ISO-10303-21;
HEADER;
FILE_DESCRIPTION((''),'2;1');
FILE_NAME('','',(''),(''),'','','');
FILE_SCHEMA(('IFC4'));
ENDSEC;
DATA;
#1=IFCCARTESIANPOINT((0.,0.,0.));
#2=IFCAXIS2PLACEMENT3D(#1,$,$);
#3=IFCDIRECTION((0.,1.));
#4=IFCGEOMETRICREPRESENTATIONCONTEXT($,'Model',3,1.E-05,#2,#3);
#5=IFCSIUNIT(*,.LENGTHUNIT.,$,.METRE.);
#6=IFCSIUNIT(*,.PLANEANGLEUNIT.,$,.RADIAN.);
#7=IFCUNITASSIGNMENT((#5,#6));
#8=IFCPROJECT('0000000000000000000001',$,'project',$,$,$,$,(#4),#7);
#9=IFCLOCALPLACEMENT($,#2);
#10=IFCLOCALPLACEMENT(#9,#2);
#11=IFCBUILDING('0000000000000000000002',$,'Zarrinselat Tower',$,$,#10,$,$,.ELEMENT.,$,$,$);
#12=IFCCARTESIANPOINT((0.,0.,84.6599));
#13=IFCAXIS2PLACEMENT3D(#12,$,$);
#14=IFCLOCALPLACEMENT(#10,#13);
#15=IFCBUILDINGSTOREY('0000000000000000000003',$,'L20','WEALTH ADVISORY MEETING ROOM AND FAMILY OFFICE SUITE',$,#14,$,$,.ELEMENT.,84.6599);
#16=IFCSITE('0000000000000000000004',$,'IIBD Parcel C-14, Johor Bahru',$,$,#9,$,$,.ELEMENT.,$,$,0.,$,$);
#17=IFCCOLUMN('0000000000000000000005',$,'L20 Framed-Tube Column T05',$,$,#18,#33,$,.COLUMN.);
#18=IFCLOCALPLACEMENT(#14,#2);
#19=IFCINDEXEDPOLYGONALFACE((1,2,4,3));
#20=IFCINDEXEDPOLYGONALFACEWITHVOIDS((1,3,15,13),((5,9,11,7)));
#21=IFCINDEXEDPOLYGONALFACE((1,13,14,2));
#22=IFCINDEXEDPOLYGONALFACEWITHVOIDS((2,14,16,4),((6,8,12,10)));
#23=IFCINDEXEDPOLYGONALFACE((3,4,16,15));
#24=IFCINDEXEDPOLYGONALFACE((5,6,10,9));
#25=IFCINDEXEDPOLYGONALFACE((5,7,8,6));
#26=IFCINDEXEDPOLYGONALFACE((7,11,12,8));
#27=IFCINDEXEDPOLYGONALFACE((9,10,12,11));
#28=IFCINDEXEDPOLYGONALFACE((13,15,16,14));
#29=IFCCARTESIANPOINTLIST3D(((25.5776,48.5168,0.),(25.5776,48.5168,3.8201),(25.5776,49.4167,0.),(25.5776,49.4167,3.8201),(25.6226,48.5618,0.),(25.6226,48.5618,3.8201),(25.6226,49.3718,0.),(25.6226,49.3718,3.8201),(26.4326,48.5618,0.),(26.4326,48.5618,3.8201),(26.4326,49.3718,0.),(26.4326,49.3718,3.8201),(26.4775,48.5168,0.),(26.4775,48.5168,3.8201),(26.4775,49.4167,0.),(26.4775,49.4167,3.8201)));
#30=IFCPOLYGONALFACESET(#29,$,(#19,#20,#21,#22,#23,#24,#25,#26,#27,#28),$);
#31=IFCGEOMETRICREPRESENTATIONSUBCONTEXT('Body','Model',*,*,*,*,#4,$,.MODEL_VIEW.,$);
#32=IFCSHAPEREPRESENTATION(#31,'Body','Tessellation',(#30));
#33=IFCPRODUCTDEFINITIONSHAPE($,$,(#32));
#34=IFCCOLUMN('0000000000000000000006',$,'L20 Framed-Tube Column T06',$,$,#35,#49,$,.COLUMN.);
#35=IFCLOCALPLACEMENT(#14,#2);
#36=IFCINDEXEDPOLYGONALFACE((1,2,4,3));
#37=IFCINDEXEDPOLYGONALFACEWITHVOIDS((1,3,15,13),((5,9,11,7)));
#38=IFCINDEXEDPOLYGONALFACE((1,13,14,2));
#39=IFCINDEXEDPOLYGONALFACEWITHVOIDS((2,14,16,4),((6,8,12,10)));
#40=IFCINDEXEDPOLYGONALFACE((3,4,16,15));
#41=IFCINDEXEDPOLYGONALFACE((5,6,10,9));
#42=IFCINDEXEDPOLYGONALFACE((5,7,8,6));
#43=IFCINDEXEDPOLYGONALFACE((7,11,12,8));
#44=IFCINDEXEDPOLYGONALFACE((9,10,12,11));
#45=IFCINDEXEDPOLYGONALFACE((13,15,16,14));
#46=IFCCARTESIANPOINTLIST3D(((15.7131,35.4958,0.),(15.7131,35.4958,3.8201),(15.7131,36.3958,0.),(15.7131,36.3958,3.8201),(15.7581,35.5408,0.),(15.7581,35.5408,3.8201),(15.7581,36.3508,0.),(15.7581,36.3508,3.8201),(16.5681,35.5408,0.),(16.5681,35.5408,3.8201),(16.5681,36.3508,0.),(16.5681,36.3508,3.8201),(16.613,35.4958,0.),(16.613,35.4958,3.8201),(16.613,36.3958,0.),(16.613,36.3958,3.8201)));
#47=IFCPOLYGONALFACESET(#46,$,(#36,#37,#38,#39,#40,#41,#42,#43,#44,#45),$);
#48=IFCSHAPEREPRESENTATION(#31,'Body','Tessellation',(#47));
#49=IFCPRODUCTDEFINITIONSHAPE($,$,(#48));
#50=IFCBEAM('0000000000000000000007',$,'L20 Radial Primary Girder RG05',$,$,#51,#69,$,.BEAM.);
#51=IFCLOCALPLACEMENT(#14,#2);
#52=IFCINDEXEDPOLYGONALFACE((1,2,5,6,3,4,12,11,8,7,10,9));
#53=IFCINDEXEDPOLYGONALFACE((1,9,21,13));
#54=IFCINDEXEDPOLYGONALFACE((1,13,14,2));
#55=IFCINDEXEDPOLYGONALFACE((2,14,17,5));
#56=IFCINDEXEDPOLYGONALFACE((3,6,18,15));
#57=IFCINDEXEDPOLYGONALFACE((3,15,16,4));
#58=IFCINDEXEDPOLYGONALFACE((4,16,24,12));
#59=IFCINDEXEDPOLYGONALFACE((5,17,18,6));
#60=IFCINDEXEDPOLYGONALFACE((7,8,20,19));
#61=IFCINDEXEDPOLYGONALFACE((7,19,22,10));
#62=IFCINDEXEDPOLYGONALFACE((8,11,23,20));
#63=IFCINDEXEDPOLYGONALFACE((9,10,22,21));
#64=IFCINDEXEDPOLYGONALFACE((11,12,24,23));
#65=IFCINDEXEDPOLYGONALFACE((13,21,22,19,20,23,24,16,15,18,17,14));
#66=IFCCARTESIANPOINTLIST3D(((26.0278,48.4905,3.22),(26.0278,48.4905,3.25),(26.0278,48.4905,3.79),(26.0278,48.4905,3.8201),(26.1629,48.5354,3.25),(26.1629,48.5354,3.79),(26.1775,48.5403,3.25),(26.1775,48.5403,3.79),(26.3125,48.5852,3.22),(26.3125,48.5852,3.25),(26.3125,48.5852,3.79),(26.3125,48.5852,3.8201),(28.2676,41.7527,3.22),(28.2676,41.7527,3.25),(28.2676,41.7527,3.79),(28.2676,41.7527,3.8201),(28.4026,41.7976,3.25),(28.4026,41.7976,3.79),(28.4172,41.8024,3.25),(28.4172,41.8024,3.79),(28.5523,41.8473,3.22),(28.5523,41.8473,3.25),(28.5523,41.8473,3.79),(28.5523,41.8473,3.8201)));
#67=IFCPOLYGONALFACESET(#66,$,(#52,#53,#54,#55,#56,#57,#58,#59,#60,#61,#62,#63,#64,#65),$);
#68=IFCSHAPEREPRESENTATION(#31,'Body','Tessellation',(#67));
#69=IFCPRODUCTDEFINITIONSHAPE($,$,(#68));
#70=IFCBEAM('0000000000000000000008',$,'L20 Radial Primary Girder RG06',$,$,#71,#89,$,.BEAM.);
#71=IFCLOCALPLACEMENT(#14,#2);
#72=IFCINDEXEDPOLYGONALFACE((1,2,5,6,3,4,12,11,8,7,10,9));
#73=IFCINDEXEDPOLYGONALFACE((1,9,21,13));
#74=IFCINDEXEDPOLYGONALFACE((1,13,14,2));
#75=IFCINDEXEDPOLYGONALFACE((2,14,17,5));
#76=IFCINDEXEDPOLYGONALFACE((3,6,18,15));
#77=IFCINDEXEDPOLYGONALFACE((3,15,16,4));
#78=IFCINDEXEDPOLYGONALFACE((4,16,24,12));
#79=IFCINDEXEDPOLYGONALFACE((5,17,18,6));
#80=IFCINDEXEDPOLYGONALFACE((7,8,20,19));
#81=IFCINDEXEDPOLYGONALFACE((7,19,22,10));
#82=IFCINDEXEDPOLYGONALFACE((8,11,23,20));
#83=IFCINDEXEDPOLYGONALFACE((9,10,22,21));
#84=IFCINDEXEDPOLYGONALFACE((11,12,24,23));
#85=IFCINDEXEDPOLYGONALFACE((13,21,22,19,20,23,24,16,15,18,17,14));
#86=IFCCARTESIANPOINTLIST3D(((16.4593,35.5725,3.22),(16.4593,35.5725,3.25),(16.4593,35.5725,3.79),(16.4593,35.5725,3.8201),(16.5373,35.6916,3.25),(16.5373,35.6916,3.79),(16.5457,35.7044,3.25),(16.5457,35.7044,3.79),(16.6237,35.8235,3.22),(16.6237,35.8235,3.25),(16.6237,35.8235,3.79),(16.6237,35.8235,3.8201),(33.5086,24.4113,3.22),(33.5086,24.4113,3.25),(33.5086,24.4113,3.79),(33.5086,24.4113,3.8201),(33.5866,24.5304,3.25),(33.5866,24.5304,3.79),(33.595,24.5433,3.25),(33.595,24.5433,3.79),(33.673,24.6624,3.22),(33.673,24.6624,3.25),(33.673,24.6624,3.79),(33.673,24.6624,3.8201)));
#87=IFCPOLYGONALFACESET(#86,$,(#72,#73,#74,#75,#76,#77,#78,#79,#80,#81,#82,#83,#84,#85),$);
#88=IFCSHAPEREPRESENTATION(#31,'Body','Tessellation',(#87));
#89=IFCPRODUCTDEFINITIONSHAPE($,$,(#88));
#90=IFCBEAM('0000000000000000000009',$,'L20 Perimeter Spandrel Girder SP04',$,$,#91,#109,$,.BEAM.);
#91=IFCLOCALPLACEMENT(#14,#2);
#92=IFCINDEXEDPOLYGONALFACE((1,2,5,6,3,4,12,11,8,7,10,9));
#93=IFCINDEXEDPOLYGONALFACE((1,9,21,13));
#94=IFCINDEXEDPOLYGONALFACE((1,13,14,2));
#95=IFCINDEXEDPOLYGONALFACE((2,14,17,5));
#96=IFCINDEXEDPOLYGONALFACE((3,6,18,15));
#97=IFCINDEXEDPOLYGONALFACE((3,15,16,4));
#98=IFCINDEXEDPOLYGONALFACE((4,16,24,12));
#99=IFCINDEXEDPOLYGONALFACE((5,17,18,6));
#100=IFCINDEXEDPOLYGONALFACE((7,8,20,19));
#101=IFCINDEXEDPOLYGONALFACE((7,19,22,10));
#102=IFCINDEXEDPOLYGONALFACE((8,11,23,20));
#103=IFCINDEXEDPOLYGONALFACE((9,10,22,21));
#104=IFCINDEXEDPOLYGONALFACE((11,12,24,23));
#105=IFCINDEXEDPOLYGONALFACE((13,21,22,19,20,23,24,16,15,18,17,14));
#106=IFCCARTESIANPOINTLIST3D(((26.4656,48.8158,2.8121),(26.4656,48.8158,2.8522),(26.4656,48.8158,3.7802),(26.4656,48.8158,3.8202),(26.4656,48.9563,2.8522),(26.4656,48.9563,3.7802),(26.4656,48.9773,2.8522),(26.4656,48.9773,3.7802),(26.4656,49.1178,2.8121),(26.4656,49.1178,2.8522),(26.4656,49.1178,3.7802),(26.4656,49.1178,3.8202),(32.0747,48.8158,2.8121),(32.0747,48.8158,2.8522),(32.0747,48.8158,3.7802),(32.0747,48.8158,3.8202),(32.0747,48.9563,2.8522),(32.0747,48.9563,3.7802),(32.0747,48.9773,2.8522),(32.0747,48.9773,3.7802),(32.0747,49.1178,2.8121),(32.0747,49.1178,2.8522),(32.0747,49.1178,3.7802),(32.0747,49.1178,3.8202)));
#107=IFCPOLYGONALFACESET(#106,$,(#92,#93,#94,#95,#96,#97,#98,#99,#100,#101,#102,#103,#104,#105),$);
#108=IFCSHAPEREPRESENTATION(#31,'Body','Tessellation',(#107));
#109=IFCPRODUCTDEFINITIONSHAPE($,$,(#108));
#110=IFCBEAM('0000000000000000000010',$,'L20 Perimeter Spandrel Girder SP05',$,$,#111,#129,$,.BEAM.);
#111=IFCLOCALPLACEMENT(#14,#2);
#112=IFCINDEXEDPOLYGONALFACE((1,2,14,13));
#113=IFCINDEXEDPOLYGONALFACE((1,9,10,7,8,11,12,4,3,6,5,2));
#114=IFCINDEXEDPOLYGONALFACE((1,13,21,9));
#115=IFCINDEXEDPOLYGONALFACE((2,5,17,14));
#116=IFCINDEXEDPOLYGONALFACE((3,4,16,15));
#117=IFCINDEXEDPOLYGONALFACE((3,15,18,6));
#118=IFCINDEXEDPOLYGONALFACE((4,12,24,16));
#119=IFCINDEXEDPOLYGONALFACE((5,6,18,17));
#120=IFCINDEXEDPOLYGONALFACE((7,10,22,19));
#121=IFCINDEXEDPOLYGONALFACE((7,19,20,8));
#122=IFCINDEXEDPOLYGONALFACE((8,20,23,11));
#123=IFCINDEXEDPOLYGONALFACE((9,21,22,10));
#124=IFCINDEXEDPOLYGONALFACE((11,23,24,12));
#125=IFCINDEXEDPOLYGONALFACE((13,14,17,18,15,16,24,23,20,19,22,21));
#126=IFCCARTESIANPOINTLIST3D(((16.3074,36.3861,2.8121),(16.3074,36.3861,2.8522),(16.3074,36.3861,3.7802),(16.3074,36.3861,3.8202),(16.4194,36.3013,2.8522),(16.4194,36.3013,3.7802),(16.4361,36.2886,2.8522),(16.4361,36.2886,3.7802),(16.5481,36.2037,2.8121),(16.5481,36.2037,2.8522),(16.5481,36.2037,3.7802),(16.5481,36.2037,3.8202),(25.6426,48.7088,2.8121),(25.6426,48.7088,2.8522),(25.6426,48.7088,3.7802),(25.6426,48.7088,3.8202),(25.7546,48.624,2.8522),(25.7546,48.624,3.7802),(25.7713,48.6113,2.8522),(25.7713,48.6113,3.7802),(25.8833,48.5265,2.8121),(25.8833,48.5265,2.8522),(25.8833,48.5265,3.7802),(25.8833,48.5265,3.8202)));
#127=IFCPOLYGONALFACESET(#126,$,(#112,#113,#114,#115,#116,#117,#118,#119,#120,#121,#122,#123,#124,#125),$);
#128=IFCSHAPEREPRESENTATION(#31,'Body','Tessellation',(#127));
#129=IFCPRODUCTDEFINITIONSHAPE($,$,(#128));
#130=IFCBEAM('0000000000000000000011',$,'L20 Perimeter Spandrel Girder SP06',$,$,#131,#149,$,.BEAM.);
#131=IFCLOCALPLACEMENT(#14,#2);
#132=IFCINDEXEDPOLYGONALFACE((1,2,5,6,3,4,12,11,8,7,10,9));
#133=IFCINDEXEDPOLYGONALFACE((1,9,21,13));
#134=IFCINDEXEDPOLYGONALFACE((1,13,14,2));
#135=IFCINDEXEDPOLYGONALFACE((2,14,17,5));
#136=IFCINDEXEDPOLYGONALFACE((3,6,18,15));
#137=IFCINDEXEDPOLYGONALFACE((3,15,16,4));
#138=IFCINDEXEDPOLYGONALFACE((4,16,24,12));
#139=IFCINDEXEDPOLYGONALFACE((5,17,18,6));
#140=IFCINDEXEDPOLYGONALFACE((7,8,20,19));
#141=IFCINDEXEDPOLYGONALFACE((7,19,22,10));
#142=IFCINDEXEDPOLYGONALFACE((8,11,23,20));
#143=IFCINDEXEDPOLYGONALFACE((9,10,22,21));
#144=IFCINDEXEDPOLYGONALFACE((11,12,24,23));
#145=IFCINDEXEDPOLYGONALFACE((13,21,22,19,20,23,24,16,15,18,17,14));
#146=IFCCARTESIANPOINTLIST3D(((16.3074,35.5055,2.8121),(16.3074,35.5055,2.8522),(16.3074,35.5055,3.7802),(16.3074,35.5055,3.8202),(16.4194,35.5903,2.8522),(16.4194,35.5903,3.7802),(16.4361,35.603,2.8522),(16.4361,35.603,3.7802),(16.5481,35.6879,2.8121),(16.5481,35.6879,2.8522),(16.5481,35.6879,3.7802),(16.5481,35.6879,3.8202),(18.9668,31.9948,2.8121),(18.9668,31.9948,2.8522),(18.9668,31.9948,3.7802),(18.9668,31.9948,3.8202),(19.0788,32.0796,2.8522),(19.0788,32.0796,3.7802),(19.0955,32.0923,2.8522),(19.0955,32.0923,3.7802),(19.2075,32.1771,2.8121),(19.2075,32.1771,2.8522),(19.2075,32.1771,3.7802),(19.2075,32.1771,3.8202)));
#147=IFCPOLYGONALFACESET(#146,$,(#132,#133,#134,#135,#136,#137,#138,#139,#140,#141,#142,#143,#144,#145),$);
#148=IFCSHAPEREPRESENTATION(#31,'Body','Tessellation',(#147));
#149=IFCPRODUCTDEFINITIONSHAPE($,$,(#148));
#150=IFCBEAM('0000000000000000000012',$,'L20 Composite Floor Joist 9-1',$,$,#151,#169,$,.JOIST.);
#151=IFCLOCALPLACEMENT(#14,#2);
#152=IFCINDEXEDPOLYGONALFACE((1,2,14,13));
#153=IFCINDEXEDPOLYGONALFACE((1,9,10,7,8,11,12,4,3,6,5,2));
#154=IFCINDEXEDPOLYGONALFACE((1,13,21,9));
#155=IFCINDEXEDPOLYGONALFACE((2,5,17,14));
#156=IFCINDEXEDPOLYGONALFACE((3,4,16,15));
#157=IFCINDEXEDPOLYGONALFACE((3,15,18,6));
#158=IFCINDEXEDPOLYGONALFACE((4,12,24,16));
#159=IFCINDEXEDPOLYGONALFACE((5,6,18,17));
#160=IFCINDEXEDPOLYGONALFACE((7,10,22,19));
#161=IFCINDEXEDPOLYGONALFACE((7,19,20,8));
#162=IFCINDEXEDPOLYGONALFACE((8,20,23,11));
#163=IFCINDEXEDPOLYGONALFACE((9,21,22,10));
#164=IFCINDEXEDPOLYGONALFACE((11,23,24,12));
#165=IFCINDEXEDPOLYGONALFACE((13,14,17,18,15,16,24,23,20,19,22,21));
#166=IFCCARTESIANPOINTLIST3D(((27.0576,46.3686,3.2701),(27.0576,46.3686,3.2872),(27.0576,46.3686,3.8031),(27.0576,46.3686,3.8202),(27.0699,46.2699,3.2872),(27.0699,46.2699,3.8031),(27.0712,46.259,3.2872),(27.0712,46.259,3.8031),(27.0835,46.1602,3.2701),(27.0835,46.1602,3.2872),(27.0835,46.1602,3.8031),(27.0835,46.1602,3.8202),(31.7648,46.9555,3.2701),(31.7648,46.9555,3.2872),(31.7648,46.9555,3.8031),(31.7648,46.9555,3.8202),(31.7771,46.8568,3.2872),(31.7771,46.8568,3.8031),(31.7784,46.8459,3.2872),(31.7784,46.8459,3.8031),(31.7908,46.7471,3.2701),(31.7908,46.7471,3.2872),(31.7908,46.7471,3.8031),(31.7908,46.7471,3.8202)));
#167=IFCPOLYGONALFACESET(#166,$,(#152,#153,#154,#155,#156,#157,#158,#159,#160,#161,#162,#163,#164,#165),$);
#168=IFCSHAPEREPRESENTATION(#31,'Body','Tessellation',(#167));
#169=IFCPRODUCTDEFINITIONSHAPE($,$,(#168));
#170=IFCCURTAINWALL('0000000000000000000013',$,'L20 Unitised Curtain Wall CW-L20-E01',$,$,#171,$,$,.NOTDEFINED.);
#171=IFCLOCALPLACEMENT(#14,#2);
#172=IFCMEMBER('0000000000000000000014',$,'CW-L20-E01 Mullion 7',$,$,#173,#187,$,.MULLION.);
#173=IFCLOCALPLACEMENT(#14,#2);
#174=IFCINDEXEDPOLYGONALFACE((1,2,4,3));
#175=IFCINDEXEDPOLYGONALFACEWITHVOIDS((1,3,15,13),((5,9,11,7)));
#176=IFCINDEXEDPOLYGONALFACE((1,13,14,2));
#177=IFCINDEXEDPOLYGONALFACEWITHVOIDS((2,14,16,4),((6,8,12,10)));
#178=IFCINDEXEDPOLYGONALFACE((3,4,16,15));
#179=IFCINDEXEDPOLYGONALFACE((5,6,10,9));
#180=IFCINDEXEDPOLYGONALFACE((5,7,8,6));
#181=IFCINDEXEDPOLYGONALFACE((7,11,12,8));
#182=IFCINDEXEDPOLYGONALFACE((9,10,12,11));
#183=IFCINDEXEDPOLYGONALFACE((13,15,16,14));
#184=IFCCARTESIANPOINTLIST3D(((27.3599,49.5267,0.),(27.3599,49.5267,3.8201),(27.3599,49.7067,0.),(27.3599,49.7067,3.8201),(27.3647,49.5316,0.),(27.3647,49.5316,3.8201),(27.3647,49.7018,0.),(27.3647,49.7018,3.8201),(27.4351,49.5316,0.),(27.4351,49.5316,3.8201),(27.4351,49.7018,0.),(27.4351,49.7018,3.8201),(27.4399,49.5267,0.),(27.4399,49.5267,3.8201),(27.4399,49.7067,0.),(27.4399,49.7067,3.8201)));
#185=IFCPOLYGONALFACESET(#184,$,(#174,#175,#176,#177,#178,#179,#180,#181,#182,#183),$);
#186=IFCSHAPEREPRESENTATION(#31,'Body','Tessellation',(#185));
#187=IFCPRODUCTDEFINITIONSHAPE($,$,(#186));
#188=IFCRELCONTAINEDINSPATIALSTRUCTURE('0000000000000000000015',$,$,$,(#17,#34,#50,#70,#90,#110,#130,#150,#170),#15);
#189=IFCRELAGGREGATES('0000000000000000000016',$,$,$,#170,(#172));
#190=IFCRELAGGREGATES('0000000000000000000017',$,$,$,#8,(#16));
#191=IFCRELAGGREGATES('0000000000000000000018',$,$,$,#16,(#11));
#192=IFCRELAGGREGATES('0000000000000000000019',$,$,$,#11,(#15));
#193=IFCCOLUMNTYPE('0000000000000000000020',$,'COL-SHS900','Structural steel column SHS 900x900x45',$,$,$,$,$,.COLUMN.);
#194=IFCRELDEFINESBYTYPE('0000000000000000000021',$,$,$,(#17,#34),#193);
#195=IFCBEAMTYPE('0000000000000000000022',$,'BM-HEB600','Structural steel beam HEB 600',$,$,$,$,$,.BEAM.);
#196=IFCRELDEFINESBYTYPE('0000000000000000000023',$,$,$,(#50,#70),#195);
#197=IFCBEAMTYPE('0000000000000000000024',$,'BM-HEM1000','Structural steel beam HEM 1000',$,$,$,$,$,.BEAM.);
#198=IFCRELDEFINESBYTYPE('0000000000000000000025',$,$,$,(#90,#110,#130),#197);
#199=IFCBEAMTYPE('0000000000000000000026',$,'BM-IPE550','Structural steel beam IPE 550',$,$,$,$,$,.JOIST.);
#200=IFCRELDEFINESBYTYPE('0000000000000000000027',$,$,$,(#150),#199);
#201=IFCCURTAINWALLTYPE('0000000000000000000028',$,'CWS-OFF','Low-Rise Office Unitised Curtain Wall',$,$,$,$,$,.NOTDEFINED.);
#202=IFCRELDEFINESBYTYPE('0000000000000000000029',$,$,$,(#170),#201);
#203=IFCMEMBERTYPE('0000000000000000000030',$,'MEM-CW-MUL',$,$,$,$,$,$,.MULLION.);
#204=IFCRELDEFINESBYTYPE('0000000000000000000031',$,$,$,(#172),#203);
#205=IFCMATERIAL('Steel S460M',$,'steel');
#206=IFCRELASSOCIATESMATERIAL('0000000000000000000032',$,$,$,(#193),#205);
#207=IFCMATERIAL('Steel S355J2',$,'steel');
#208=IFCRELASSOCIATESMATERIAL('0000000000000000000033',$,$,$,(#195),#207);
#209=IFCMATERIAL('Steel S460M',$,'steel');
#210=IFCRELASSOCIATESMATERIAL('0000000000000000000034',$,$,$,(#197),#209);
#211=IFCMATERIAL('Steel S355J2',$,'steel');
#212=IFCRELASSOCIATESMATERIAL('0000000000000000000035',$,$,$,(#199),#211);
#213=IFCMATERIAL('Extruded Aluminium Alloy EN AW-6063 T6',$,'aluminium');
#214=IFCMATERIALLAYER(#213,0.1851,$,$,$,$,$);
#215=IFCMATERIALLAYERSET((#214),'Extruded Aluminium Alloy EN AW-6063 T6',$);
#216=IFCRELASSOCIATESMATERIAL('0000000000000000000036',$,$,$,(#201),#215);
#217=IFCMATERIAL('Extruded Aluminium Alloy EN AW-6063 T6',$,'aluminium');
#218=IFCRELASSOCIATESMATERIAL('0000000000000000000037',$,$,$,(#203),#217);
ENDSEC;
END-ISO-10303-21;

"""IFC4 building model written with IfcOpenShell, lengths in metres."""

from ifc_helpers import new_model, si_unit, direction, frame, origin, origin_2d, place, context, subcontext, project, spatial, hollow_rectangle, i_section, extrude, material, layer, layer_set, material_profile, profile_set, type_object, element, aggregate, save


model = new_model("IFC4")

# Units and contexts
model_context = context("Model", 3, precision=1e-05, world=origin(), true_north=direction((0.0, 1.0)))
body_context = subcontext(model_context, "Body", "Model", "MODEL_VIEW")
ifc_project = project(units=[si_unit("LENGTHUNIT", "METRE"), si_unit("PLANEANGLEUNIT", "RADIAN")], contexts=[model_context])

# Site, building, storey
site_placement = place(None, origin())
site = spatial("IfcSite", under=ifc_project, at=site_placement, Name="IIBD Parcel C-14, Johor Bahru", CompositionType="ELEMENT", RefElevation=0.0)
building_placement = place(site_placement, origin())
building = spatial("IfcBuilding", under=site, at=building_placement, Name="Zarrinselat Tower", CompositionType="ELEMENT")
storey_placement = place(building_placement, frame((0.0, 0.0, 84.6599)))
storey = spatial("IfcBuildingStorey", under=building, at=storey_placement, Name="L20", Description="WEALTH ADVISORY MEETING ROOM AND FAMILY OFFICE SUITE", CompositionType="ELEMENT", Elevation=84.6599)

# Columns
ifc_material_1 = material(Name="Steel S460M", Category="steel")
ifc_material_profile_1 = material_profile(ifc_material_1, hollow_rectangle(XDim=0.8999, YDim=0.8999, WallThickness=0.0449, at=origin_2d()), Name="SHS 900x900x45")
ifc_profile_set_1 = profile_set([ifc_material_profile_1], Name="Steel S460M")
column_type = type_object("IfcColumnType", Name="COL-SHS900", Description="Structural steel column SHS 900x900x45", PredefinedType="COLUMN", material=ifc_profile_set_1)
for number, where, z_axis, x_axis, name in (
    (1, (26.0276, 48.9668, 0.0), (0.0, 0.0, 1.0), (1.0, 0.0, 0.0), "L20 Framed-Tube Column T05"),
    (2, (16.1631, 35.9458, 0.0), (0.0, 0.0, 1.0), (1.0, 0.0, 0.0), "L20 Framed-Tube Column T06"),
):
    element("IfcColumn", number, at=place(storey_placement, frame(where, z_axis=z_axis, x_axis=x_axis)), inside=storey, type_object=column_type, Name=name, PredefinedType="COLUMN", context=body_context, shape_type="SweptSolid", body=[
        extrude(hollow_rectangle(XDim=0.8999, YDim=0.8999, WallThickness=0.0449, at=origin_2d()), origin(), (0.0, 0.0, 1.0), 3.8201),
    ])

# Beams
ifc_material_2 = material(Name="Steel S355J2", Category="steel")
ifc_material_profile_2 = material_profile(ifc_material_2, i_section(OverallWidth=0.3, OverallDepth=0.6001, WebThickness=0.0154, FlangeThickness=0.03, at=origin_2d()), Name="HEB 600")
ifc_profile_set_2 = profile_set([ifc_material_profile_2], Name="Steel S355J2")
beam_type_1 = type_object("IfcBeamType", Name="BM-HEB600", Description="Structural steel beam HEB 600", PredefinedType="BEAM", material=ifc_profile_set_2)
beam_1_placement = place(storey_placement, frame((26.1702, 48.5378, 3.52), z_axis=(0.315444, -0.948944, 0.0), x_axis=(0.948944, 0.315444, 0.0)))
element("IfcBeam", 3, at=beam_1_placement, inside=storey, type_object=beam_type_1, Name="L20 Radial Primary Girder RG05", PredefinedType="BEAM", context=body_context, shape_type="SweptSolid", body=[
    extrude(i_section(OverallWidth=0.3, OverallDepth=0.6001, WebThickness=0.0154, FlangeThickness=0.03, at=origin_2d()), origin(), (0.0, 0.0, 1.0), 7.1003),
])
beam_2_placement = place(storey_placement, frame((16.5415, 35.698, 3.52), z_axis=(0.836666, -0.547713, 0.0), x_axis=(0.547713, 0.836666, 0.0)))
element("IfcBeam", 4, at=beam_2_placement, inside=storey, type_object=beam_type_1, Name="L20 Radial Primary Girder RG06", PredefinedType="BEAM", context=body_context, shape_type="SweptSolid", body=[
    extrude(i_section(OverallWidth=0.3, OverallDepth=0.6001, WebThickness=0.0154, FlangeThickness=0.03, at=origin_2d()), origin(), (0.0, 0.0, 1.0), 20.3777),
])
ifc_material_3 = material(Name="Steel S460M", Category="steel")
ifc_material_profile_3 = material_profile(ifc_material_3, i_section(OverallWidth=0.302, OverallDepth=1.0081, WebThickness=0.021, FlangeThickness=0.04, at=origin_2d()), Name="HEM 1000")
ifc_profile_set_3 = profile_set([ifc_material_profile_3], Name="Steel S460M")
beam_type_2 = type_object("IfcBeamType", Name="BM-HEM1000", Description="Structural steel beam HEM 1000", PredefinedType="BEAM", material=ifc_profile_set_3)
beam_3_placement = place(storey_placement, frame((26.4656, 48.9668, 3.3162), z_axis=(1.0, 0.0, 0.0), x_axis=(0.0, 1.0, 0.0)))
element("IfcBeam", 5, at=beam_3_placement, inside=storey, type_object=beam_type_2, Name="L20 Perimeter Spandrel Girder SP04", PredefinedType="BEAM", context=body_context, shape_type="SweptSolid", body=[
    extrude(i_section(OverallWidth=0.302, OverallDepth=1.0081, WebThickness=0.021, FlangeThickness=0.04, at=origin_2d()), origin(), (0.0, 0.0, 1.0), 5.6091),
])
beam_4_placement = place(storey_placement, frame((16.4277, 36.2949, 3.3162), z_axis=(0.603849, 0.797099, 0.0), x_axis=(-0.797099, 0.603849, 0.0)))
element("IfcBeam", 6, at=beam_4_placement, inside=storey, type_object=beam_type_2, Name="L20 Perimeter Spandrel Girder SP05", PredefinedType="BEAM", context=body_context, shape_type="SweptSolid", body=[
    extrude(i_section(OverallWidth=0.302, OverallDepth=1.0081, WebThickness=0.021, FlangeThickness=0.04, at=origin_2d()), origin(), (0.0, 0.0, 1.0), 15.4595),
])
beam_5_placement = place(storey_placement, frame((16.4277, 35.5967, 3.3162), z_axis=(0.603825, -0.797117, 0.0), x_axis=(0.797117, 0.603825, 0.0)))
element("IfcBeam", 7, at=beam_5_placement, inside=storey, type_object=beam_type_2, Name="L20 Perimeter Spandrel Girder SP06", PredefinedType="BEAM", context=body_context, shape_type="SweptSolid", body=[
    extrude(i_section(OverallWidth=0.302, OverallDepth=1.0081, WebThickness=0.021, FlangeThickness=0.04, at=origin_2d()), origin(), (0.0, 0.0, 1.0), 4.4043),
])
ifc_material_4 = material(Name="Steel S355J2", Category="steel")
ifc_material_profile_4 = material_profile(ifc_material_4, i_section(OverallWidth=0.21, OverallDepth=0.55, WebThickness=0.011, FlangeThickness=0.0171, at=origin_2d()), Name="IPE 550")
ifc_profile_set_4 = profile_set([ifc_material_profile_4], Name="Steel S355J2")
beam_type_3 = type_object("IfcBeamType", Name="BM-IPE550", Description="Structural steel beam IPE 550", PredefinedType="JOIST", material=ifc_profile_set_4)
beam_6_placement = place(storey_placement, frame((27.0706, 46.2644, 3.5452), z_axis=(0.992317, 0.123724, 0.0), x_axis=(-0.123724, 0.992317, 0.0)))
element("IfcBeam", 8, at=beam_6_placement, inside=storey, type_object=beam_type_3, Name="L20 Composite Floor Joist 9-1", PredefinedType="JOIST", context=body_context, shape_type="SweptSolid", body=[
    extrude(i_section(OverallWidth=0.21, OverallDepth=0.55, WebThickness=0.011, FlangeThickness=0.0171, at=origin_2d()), origin(), (0.0, 0.0, 1.0), 4.7437),
])

# Curtain wall, member
ifc_material_5 = material(Name="Extruded Aluminium Alloy EN AW-6063 T6", Category="aluminium")
ifc_layer_1 = layer(ifc_material_5, 0.1851)
ifc_layer_set_1 = layer_set([ifc_layer_1], Name="Extruded Aluminium Alloy EN AW-6063 T6")
curtain_wall_type = type_object("IfcCurtainWallType", Name="CWS-OFF", Description="Low-Rise Office Unitised Curtain Wall", PredefinedType="NOTDEFINED", material=ifc_layer_set_1)
curtain_wall_1_placement = place(storey_placement, origin())
curtain_wall_1 = element("IfcCurtainWall", 9, at=curtain_wall_1_placement, inside=storey, type_object=curtain_wall_type, Name="L20 Unitised Curtain Wall CW-L20-E01", PredefinedType="NOTDEFINED")
ifc_material_6 = material(Name="Extruded Aluminium Alloy EN AW-6063 T6", Category="aluminium")
ifc_material_profile_5 = material_profile(ifc_material_6, hollow_rectangle(XDim=0.0801, YDim=0.1799, WallThickness=0.0049, at=origin_2d()), Name="RHS 180x80x5")
ifc_profile_set_5 = profile_set([ifc_material_profile_5], Name="Extruded Aluminium Alloy EN AW-6063 T6")
member_type_1 = type_object("IfcMemberType", Name="MEM-CW-MUL", PredefinedType="MULLION", material=ifc_profile_set_5)
member_1_placement = place(storey_placement, frame((27.3999, 49.6167, 0.0), z_axis=(0.0, 0.0, 1.0), x_axis=(-1.0, 0.0, 0.0)))
member_1 = element("IfcMember", 10, at=member_1_placement, type_object=member_type_1, Name="CW-L20-E01 Mullion 7", PredefinedType="MULLION", context=body_context, shape_type="SweptSolid", body=[
    extrude(hollow_rectangle(XDim=0.0801, YDim=0.1799, WallThickness=0.0049, at=origin_2d()), origin(), (0.0, 0.0, 1.0), 3.8201),
])

aggregate(curtain_wall_1, [member_1])

save(model, "model.ifc")
